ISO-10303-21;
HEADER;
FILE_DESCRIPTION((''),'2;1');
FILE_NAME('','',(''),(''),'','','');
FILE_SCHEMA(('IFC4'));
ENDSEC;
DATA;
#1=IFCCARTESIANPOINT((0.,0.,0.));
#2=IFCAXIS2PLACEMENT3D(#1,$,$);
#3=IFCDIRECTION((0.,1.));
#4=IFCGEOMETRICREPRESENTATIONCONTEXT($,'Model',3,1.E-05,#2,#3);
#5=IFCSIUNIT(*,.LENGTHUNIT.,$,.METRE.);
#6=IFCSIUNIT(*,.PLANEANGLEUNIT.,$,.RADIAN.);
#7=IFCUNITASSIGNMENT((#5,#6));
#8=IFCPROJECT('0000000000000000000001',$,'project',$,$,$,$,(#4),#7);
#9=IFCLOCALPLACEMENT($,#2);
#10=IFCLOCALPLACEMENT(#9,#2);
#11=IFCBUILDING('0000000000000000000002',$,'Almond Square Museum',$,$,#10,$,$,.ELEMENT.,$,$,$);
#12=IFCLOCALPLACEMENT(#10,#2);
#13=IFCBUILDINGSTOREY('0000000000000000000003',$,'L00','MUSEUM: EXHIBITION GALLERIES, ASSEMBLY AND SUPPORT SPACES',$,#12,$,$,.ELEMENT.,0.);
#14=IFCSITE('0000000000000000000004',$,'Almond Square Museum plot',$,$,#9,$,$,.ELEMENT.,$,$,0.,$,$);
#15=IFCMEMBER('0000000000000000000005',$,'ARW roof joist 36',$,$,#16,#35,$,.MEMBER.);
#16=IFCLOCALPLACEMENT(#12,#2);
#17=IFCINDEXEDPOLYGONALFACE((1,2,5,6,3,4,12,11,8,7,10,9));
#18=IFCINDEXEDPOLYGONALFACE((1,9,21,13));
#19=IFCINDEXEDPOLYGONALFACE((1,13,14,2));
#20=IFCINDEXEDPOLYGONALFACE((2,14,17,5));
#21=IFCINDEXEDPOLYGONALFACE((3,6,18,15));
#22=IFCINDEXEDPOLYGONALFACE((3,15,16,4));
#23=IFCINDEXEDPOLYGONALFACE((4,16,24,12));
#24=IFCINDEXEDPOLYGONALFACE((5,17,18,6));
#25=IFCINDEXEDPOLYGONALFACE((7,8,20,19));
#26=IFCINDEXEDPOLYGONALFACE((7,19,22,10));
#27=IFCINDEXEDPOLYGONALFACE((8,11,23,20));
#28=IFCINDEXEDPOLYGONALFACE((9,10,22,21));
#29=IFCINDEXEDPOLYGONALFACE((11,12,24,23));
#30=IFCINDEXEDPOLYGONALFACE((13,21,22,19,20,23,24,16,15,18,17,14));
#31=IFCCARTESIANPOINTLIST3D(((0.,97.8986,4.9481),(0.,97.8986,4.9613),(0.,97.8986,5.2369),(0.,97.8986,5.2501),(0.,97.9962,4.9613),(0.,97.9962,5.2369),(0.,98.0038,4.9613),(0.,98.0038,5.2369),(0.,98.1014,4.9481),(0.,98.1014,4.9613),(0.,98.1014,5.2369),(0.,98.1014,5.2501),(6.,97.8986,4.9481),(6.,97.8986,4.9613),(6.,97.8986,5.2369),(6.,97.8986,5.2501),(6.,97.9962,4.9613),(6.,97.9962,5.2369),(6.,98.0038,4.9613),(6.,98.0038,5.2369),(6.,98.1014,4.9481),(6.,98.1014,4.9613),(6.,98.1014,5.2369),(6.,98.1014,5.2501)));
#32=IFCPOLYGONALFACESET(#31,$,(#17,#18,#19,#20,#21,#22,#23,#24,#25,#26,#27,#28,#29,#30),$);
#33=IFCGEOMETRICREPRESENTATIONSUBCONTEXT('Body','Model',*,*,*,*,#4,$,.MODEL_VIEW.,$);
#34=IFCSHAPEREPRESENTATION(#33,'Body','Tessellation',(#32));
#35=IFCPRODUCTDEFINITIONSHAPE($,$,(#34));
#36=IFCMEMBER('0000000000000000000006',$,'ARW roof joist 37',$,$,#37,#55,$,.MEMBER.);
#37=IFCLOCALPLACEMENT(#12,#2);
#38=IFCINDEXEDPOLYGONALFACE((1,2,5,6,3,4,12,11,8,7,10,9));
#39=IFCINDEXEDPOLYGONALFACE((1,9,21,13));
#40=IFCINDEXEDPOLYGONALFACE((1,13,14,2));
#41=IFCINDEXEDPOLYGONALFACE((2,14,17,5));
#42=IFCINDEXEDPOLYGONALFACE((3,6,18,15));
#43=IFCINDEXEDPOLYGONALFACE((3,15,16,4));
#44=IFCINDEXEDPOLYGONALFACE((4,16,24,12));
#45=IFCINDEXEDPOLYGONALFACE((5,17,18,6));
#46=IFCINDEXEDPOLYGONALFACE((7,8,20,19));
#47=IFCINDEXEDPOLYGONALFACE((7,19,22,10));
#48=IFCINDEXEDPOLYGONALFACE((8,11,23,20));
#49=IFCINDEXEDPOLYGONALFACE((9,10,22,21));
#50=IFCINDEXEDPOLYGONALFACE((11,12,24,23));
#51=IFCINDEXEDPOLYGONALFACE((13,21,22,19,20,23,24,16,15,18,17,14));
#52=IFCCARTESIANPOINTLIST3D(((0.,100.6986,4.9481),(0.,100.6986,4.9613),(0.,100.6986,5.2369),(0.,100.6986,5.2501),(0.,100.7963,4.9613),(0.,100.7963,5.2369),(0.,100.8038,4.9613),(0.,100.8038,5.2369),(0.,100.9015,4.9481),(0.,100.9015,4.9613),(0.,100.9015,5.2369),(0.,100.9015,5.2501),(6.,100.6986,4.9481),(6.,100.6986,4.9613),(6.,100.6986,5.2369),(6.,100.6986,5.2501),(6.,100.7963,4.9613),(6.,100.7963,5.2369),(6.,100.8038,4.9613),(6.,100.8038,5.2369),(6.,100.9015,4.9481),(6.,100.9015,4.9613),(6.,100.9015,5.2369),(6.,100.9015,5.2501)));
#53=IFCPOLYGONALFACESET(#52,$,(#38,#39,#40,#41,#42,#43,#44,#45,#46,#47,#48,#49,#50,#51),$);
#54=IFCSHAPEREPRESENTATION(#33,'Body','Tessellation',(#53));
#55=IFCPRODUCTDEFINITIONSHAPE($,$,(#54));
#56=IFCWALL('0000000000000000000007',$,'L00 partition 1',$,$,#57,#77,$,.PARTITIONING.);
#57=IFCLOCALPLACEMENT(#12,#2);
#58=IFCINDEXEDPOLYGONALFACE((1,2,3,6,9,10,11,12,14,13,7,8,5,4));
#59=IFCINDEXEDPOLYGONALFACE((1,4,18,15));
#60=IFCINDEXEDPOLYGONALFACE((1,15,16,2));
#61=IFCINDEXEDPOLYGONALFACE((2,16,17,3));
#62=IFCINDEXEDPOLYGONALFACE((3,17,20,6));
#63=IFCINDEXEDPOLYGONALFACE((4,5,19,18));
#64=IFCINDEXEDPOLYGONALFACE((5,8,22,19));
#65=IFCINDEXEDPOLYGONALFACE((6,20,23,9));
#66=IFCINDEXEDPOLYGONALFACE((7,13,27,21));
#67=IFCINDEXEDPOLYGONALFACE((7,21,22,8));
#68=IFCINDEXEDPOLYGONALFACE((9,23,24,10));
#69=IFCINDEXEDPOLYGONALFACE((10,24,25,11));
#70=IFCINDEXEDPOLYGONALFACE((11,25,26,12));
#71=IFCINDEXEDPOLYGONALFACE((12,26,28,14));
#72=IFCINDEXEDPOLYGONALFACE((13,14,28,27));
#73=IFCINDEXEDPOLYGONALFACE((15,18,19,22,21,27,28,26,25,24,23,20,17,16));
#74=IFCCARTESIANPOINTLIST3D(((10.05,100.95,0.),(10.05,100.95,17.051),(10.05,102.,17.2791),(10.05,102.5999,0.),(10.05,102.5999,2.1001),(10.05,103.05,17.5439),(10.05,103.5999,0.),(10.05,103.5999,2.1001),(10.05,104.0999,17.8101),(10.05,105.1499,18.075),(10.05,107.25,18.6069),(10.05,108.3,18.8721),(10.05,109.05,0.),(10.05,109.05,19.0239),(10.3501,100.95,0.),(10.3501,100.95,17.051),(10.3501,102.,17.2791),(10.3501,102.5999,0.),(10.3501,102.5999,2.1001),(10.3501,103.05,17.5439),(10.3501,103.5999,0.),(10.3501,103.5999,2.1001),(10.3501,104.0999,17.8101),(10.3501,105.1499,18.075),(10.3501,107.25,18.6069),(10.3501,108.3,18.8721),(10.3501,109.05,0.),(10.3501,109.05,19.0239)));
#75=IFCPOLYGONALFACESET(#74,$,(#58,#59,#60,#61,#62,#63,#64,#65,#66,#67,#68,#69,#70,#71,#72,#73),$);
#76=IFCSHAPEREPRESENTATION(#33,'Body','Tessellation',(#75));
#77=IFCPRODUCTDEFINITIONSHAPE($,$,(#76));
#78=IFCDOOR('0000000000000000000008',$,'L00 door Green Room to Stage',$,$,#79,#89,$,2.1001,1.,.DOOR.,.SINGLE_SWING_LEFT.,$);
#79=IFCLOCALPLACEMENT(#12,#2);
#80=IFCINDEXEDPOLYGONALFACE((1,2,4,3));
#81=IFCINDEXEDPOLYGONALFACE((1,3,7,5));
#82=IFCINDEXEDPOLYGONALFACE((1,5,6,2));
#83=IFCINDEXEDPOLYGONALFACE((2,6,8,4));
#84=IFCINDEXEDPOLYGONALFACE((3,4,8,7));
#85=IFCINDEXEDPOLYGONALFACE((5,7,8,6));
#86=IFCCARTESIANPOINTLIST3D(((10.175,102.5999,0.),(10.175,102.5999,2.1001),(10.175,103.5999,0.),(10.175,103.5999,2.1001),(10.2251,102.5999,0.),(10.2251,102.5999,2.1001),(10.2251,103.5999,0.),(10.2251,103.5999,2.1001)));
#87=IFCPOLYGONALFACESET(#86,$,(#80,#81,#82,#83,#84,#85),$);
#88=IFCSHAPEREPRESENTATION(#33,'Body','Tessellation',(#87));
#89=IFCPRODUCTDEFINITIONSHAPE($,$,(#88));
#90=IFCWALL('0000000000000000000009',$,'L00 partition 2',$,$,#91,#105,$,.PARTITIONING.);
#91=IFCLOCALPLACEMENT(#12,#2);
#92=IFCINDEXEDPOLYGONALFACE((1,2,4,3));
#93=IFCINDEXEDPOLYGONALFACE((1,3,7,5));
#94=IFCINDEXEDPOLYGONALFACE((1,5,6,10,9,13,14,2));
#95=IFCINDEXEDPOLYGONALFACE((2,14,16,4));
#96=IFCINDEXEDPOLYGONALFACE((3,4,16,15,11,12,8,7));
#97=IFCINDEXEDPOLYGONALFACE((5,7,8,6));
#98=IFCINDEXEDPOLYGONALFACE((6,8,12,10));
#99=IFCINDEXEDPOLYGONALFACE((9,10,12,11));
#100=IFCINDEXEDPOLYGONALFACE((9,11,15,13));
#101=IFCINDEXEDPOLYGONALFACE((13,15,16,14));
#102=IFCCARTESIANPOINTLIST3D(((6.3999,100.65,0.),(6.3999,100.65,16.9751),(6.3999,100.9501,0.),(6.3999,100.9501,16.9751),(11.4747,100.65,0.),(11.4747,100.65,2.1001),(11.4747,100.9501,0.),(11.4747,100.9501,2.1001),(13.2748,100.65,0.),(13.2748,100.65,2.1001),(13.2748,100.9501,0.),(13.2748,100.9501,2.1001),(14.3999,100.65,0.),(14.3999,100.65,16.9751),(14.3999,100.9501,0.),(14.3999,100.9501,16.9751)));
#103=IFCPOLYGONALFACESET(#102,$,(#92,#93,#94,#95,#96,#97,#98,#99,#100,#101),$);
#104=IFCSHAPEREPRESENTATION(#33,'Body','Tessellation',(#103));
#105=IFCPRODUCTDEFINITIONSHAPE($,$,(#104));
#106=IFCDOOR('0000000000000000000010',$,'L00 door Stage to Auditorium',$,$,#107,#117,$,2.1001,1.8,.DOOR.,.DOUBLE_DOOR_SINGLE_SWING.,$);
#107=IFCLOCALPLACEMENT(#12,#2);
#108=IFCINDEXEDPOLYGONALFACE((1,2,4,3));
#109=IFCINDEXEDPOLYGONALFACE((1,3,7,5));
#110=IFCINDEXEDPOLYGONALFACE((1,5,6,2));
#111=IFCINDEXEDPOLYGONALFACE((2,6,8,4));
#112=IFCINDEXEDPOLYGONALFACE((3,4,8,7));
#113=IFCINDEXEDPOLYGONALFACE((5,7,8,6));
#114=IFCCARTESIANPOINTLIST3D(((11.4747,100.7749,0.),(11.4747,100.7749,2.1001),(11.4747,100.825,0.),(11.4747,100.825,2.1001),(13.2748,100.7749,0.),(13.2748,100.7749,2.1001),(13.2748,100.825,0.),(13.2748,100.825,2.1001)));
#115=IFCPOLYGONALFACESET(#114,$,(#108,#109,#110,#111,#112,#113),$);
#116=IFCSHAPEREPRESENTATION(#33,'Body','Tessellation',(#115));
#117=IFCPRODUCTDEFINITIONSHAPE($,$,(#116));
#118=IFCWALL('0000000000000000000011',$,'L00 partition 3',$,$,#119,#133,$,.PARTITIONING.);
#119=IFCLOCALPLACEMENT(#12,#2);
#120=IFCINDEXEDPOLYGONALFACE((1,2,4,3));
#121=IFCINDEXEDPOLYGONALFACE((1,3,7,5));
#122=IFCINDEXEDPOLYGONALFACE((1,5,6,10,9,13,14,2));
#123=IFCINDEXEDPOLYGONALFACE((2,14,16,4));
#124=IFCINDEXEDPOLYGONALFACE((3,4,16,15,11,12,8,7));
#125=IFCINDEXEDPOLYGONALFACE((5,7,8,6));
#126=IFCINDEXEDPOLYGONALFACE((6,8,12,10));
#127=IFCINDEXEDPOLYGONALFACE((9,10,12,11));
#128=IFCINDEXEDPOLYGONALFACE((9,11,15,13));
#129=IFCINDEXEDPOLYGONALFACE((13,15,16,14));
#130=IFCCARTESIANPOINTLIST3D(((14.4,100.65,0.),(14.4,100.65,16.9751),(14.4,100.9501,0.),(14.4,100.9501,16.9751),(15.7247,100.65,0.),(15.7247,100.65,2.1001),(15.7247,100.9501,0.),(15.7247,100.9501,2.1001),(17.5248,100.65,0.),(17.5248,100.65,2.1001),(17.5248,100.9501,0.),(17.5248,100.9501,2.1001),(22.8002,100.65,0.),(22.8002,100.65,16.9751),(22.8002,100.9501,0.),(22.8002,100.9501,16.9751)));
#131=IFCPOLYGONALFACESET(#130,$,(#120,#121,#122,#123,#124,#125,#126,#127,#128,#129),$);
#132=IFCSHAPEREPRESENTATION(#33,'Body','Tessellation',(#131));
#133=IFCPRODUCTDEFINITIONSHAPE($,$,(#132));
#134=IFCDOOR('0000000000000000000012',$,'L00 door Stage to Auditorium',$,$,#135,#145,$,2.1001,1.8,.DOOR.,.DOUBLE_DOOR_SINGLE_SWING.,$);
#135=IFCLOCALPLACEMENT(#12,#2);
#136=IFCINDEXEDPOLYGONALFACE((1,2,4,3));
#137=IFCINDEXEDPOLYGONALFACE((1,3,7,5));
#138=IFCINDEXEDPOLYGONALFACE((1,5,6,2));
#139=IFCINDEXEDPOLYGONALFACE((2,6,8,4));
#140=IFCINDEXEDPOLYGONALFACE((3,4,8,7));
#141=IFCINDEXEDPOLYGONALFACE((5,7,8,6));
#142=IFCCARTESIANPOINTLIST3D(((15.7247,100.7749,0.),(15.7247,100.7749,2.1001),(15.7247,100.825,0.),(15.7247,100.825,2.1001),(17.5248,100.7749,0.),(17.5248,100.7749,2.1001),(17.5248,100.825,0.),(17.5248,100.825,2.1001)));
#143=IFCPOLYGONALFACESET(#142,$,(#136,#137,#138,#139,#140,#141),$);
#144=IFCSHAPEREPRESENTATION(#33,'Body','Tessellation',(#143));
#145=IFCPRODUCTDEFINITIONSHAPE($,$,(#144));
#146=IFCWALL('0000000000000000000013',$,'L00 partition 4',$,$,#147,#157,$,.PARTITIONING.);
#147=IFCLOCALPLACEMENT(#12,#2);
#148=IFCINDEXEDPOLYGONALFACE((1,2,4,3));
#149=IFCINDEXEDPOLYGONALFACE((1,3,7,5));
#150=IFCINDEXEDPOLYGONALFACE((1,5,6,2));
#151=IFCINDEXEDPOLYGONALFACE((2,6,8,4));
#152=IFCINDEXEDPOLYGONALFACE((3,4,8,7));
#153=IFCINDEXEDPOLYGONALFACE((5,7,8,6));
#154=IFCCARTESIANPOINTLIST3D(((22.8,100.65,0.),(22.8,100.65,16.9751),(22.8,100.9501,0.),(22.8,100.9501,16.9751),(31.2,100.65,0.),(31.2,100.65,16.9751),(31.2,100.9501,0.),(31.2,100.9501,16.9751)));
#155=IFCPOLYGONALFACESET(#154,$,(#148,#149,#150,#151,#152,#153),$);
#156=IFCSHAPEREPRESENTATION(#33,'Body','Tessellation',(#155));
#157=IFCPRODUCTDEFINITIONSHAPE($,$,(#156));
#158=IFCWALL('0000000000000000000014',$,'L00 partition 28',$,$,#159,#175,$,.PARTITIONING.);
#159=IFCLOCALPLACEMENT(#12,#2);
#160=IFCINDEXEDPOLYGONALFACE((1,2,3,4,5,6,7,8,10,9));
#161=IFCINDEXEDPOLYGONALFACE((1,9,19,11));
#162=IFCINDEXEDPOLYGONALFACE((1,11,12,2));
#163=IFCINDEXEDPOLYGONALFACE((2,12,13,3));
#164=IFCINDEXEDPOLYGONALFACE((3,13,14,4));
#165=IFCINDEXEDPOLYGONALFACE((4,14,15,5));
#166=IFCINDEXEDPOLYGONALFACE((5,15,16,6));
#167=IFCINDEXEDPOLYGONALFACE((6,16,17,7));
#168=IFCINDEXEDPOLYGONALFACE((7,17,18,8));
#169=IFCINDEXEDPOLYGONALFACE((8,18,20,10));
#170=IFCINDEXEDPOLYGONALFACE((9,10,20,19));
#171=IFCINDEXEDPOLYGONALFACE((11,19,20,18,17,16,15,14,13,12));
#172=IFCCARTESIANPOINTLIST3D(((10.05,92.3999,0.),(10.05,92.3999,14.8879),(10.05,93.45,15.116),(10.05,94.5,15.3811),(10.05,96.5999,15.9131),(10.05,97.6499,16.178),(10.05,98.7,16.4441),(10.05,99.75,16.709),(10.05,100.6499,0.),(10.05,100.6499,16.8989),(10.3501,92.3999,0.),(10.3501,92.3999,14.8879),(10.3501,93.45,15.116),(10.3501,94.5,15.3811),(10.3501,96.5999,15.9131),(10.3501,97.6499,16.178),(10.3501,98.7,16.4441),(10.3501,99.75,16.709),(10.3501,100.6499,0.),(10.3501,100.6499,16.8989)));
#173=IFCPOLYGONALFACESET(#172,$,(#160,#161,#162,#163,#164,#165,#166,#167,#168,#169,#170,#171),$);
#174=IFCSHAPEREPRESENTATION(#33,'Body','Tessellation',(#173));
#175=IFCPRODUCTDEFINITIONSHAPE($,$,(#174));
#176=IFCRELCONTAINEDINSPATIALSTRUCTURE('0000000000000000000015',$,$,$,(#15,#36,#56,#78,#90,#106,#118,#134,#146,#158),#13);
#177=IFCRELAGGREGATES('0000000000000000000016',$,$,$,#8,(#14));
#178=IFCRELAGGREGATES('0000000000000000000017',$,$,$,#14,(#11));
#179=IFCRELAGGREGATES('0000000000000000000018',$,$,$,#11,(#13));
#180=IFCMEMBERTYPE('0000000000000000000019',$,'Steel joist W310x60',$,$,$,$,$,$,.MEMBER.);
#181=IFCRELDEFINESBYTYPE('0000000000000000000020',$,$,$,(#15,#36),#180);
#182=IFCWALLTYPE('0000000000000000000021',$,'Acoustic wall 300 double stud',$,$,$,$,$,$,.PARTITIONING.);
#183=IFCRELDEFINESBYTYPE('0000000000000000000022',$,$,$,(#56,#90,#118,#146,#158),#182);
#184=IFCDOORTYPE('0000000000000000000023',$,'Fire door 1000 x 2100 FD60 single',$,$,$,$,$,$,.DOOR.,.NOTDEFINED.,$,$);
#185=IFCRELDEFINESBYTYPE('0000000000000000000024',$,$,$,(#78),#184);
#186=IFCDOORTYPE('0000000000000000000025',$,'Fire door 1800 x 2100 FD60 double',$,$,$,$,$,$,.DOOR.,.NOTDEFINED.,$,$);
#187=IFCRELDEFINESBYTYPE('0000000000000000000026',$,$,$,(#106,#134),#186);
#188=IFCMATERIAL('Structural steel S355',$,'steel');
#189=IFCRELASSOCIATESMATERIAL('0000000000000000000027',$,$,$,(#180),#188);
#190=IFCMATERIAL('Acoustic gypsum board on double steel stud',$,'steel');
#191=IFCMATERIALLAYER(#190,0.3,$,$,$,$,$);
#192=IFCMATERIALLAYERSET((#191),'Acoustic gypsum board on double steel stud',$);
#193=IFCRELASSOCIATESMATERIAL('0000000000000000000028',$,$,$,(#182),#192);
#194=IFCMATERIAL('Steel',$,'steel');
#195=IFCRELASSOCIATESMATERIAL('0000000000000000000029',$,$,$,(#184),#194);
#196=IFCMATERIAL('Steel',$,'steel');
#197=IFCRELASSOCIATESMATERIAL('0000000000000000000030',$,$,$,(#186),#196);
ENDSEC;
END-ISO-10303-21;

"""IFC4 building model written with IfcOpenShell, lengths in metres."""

from ifc_helpers import new_model, si_unit, direction, frame, frame_2d, origin, origin_2d, place, context, subcontext, project, spatial, polyline, rectangle, i_section, outline, extrude, material, layer, layer_set, material_profile, profile_set, type_object, element, fill, save


model = new_model("IFC4")

# Units and contexts
model_context = context("Model", 3, precision=1e-05, world=origin(), true_north=direction((0.0, 1.0)))
body_context = subcontext(model_context, "Body", "Model", "MODEL_VIEW")
ifc_project = project(units=[si_unit("LENGTHUNIT", "METRE"), si_unit("PLANEANGLEUNIT", "RADIAN")], contexts=[model_context])

# Site, building, storey
site_placement = place(None, origin())
site = spatial("IfcSite", under=ifc_project, at=site_placement, Name="Almond Square Museum plot", CompositionType="ELEMENT", RefElevation=0.0)
building_placement = place(site_placement, origin())
building = spatial("IfcBuilding", under=site, at=building_placement, Name="Almond Square Museum", CompositionType="ELEMENT")
storey_placement = place(building_placement, origin())
storey = spatial("IfcBuildingStorey", under=building, at=storey_placement, Name="L00", Description="MUSEUM: EXHIBITION GALLERIES, ASSEMBLY AND SUPPORT SPACES", CompositionType="ELEMENT", Elevation=0.0)

# Members
ifc_material_1 = material(Name="Structural steel S355", Category="steel")
ifc_material_profile_1 = material_profile(ifc_material_1, i_section(OverallWidth=0.2029, OverallDepth=0.302, WebThickness=0.0076, FlangeThickness=0.0132, at=origin_2d()))
ifc_profile_set_1 = profile_set([ifc_material_profile_1], Name="Structural steel S355")
member_type = type_object("IfcMemberType", Name="Steel joist W310x60", PredefinedType="MEMBER", material=ifc_profile_set_1)
for number, where, z_axis, x_axis, name in (
    (1, (6.0, 98.0, 5.0991), (-1.0, 0.0, 0.0), (0.0, -1.0, 0.0), "ARW roof joist 36"),
    (2, (6.0, 100.8, 5.0991), (-1.0, 0.0, 0.0), (0.0, -1.0, 0.0), "ARW roof joist 37"),
):
    element("IfcMember", number, at=place(storey_placement, frame(where, z_axis=z_axis, x_axis=x_axis)), inside=storey, type_object=member_type, Name=name, PredefinedType="MEMBER", context=body_context, shape_type="SweptSolid", body=[
        extrude(i_section(OverallWidth=0.2029, OverallDepth=0.302, WebThickness=0.0076, FlangeThickness=0.0132, at=origin_2d()), origin(), (0.0, 0.0, 1.0), 6.0),
    ])

# Walls, openings, doors
ifc_material_2 = material(Name="Acoustic gypsum board on double steel stud", Category="steel")
ifc_layer_1 = layer(ifc_material_2, 0.3)
ifc_layer_set_1 = layer_set([ifc_layer_1], Name="Acoustic gypsum board on double steel stud")
wall_type_1 = type_object("IfcWallType", Name="Acoustic wall 300 double stud", PredefinedType="PARTITIONING", material=ifc_layer_set_1)
wall_1_placement = place(storey_placement, frame((10.2, 100.95, 0.0), z_axis=(0.0, 0.0, 1.0), x_axis=(0.0, 1.0, 0.0)))
wall_1 = element("IfcWall", 3, at=wall_1_placement, inside=storey, type_object=wall_type_1, Name="L00 partition 1", PredefinedType="PARTITIONING", context=body_context, shape_type="SweptSolid", body=[
    extrude(outline(polyline([(0.0, 0.0), (8.1001, 0.0), (8.1001, 19.0239), (7.3501, 18.8721), (6.3, 18.6069), (4.2, 18.075), (3.1499, 17.8101), (2.1001, 17.5439), (1.05, 17.2791), (0.0, 17.051), (0.0, 0.0)])), frame((0.0, 0.1499, 0.0), z_axis=(0.0, -1.0, 0.0), x_axis=(1.0, 0.0, 0.0)), (0.0, 0.0, 1.0), 0.3),
])
opening_1_placement = place(wall_1_placement, frame((1.6499, 0.0, 0.0)))
opening_1 = element("IfcOpeningElement", 4, at=opening_1_placement, cuts=wall_1, PredefinedType="OPENING", context=body_context, shape_type="SweptSolid", body=[
    extrude(rectangle(XDim=1.0, YDim=2.1001, at=frame_2d((0.5, 1.05))), frame((0.0, 0.1599, 0.0), z_axis=(0.0, -1.0, 0.0), x_axis=(1.0, 0.0, 0.0)), (0.0, 0.0, 1.0), 0.3201),
])
ifc_material_3 = material(Name="Steel", Category="steel")
door_type_1 = type_object("IfcDoorType", Name="Fire door 1000 x 2100 FD60 single", OperationType="NOTDEFINED", PredefinedType="DOOR", material=ifc_material_3)
door_1_placement = place(opening_1_placement, origin())
door_1 = element("IfcDoor", 5, at=door_1_placement, inside=storey, type_object=door_type_1, Name="L00 door Green Room to Stage", OperationType="SINGLE_SWING_LEFT", OverallHeight=2.1001, OverallWidth=1.0, PredefinedType="DOOR", context=body_context, shape_type="SweptSolid", body=[
    extrude(rectangle(XDim=1.0, YDim=2.1001, at=frame_2d((0.5, 1.05))), frame((0.0, 0.0249, 0.0), z_axis=(0.0, -1.0, 0.0), x_axis=(1.0, 0.0, 0.0)), (0.0, 0.0, 1.0), 0.05),
])
fill(opening_1, door_1)
wall_2_placement = place(storey_placement, frame((6.3999, 100.8, 0.0), z_axis=(0.0, 0.0, 1.0), x_axis=(1.0, 0.0, 0.0)))
wall_2 = element("IfcWall", 6, at=wall_2_placement, inside=storey, type_object=wall_type_1, Name="L00 partition 2", PredefinedType="PARTITIONING", context=body_context, shape_type="SweptSolid", body=[
    extrude(rectangle(XDim=8.0, YDim=0.3, at=frame_2d((4.0, 0.0))), origin(), (0.0, 0.0, 1.0), 16.9751),
])
opening_2_placement = place(wall_2_placement, frame((5.075, 0.0, 0.0)))
opening_2 = element("IfcOpeningElement", 7, at=opening_2_placement, cuts=wall_2, PredefinedType="OPENING", context=body_context, shape_type="SweptSolid", body=[
    extrude(rectangle(XDim=1.8, YDim=2.1001, at=frame_2d((0.8999, 1.05))), frame((0.0, 0.1599, 0.0), z_axis=(0.0, -1.0, 0.0), x_axis=(1.0, 0.0, 0.0)), (0.0, 0.0, 1.0), 0.3201),
])
ifc_material_4 = material(Name="Steel", Category="steel")
door_type_2 = type_object("IfcDoorType", Name="Fire door 1800 x 2100 FD60 double", OperationType="NOTDEFINED", PredefinedType="DOOR", material=ifc_material_4)
door_2_placement = place(opening_2_placement, origin())
door_2 = element("IfcDoor", 8, at=door_2_placement, inside=storey, type_object=door_type_2, Name="L00 door Stage to Auditorium", OperationType="DOUBLE_DOOR_SINGLE_SWING", OverallHeight=2.1001, OverallWidth=1.8, PredefinedType="DOOR", context=body_context, shape_type="SweptSolid", body=[
    extrude(rectangle(XDim=1.8, YDim=2.1001, at=frame_2d((0.8999, 1.05))), frame((0.0, 0.0249, 0.0), z_axis=(0.0, -1.0, 0.0), x_axis=(1.0, 0.0, 0.0)), (0.0, 0.0, 1.0), 0.05),
])
fill(opening_2, door_2)
wall_3_placement = place(storey_placement, frame((14.3999, 100.8, 0.0), z_axis=(0.0, 0.0, 1.0), x_axis=(1.0, 0.0, 0.0)))
wall_3 = element("IfcWall", 9, at=wall_3_placement, inside=storey, type_object=wall_type_1, Name="L00 partition 3", PredefinedType="PARTITIONING", context=body_context, shape_type="SweptSolid", body=[
    extrude(rectangle(XDim=8.4001, YDim=0.3, at=frame_2d((4.2002, 0.0))), origin(), (0.0, 0.0, 1.0), 16.9751),
])
opening_3_placement = place(wall_3_placement, frame((1.325, 0.0, 0.0)))
opening_3 = element("IfcOpeningElement", 10, at=opening_3_placement, cuts=wall_3, PredefinedType="OPENING", context=body_context, shape_type="SweptSolid", body=[
    extrude(rectangle(XDim=1.8, YDim=2.1001, at=frame_2d((0.8999, 1.05))), frame((0.0, 0.1599, 0.0), z_axis=(0.0, -1.0, 0.0), x_axis=(1.0, 0.0, 0.0)), (0.0, 0.0, 1.0), 0.3201),
])
door_3_placement = place(opening_3_placement, origin())
door_3 = element("IfcDoor", 11, at=door_3_placement, inside=storey, type_object=door_type_2, Name="L00 door Stage to Auditorium", OperationType="DOUBLE_DOOR_SINGLE_SWING", OverallHeight=2.1001, OverallWidth=1.8, PredefinedType="DOOR", context=body_context, shape_type="SweptSolid", body=[
    extrude(rectangle(XDim=1.8, YDim=2.1001, at=frame_2d((0.8999, 1.05))), frame((0.0, 0.0249, 0.0), z_axis=(0.0, -1.0, 0.0), x_axis=(1.0, 0.0, 0.0)), (0.0, 0.0, 1.0), 0.05),
])
fill(opening_3, door_3)

# Walls
wall_4_placement = place(storey_placement, frame((22.8, 100.8, 0.0), z_axis=(0.0, 0.0, 1.0), x_axis=(1.0, 0.0, 0.0)))
element("IfcWall", 12, at=wall_4_placement, inside=storey, type_object=wall_type_1, Name="L00 partition 4", PredefinedType="PARTITIONING", context=body_context, shape_type="SweptSolid", body=[
    extrude(rectangle(XDim=8.3999, YDim=0.3, at=frame_2d((4.2, 0.0))), origin(), (0.0, 0.0, 1.0), 16.9751),
])
wall_5_placement = place(storey_placement, frame((10.2, 92.3999, 0.0), z_axis=(0.0, 0.0, 1.0), x_axis=(0.0, 1.0, 0.0)))
element("IfcWall", 13, at=wall_5_placement, inside=storey, type_object=wall_type_1, Name="L00 partition 28", PredefinedType="PARTITIONING", context=body_context, shape_type="SweptSolid", body=[
    extrude(outline(polyline([(0.0, 0.0), (8.25, 0.0), (8.25, 16.8989), (7.3501, 16.709), (6.3, 16.4441), (5.25, 16.178), (4.2, 15.9131), (2.1001, 15.3811), (1.05, 15.116), (0.0, 14.8879), (0.0, 0.0)])), frame((0.0, 0.1499, 0.0), z_axis=(0.0, -1.0, 0.0), x_axis=(1.0, 0.0, 0.0)), (0.0, 0.0, 1.0), 0.3),
])

save(model, "model.ifc")
